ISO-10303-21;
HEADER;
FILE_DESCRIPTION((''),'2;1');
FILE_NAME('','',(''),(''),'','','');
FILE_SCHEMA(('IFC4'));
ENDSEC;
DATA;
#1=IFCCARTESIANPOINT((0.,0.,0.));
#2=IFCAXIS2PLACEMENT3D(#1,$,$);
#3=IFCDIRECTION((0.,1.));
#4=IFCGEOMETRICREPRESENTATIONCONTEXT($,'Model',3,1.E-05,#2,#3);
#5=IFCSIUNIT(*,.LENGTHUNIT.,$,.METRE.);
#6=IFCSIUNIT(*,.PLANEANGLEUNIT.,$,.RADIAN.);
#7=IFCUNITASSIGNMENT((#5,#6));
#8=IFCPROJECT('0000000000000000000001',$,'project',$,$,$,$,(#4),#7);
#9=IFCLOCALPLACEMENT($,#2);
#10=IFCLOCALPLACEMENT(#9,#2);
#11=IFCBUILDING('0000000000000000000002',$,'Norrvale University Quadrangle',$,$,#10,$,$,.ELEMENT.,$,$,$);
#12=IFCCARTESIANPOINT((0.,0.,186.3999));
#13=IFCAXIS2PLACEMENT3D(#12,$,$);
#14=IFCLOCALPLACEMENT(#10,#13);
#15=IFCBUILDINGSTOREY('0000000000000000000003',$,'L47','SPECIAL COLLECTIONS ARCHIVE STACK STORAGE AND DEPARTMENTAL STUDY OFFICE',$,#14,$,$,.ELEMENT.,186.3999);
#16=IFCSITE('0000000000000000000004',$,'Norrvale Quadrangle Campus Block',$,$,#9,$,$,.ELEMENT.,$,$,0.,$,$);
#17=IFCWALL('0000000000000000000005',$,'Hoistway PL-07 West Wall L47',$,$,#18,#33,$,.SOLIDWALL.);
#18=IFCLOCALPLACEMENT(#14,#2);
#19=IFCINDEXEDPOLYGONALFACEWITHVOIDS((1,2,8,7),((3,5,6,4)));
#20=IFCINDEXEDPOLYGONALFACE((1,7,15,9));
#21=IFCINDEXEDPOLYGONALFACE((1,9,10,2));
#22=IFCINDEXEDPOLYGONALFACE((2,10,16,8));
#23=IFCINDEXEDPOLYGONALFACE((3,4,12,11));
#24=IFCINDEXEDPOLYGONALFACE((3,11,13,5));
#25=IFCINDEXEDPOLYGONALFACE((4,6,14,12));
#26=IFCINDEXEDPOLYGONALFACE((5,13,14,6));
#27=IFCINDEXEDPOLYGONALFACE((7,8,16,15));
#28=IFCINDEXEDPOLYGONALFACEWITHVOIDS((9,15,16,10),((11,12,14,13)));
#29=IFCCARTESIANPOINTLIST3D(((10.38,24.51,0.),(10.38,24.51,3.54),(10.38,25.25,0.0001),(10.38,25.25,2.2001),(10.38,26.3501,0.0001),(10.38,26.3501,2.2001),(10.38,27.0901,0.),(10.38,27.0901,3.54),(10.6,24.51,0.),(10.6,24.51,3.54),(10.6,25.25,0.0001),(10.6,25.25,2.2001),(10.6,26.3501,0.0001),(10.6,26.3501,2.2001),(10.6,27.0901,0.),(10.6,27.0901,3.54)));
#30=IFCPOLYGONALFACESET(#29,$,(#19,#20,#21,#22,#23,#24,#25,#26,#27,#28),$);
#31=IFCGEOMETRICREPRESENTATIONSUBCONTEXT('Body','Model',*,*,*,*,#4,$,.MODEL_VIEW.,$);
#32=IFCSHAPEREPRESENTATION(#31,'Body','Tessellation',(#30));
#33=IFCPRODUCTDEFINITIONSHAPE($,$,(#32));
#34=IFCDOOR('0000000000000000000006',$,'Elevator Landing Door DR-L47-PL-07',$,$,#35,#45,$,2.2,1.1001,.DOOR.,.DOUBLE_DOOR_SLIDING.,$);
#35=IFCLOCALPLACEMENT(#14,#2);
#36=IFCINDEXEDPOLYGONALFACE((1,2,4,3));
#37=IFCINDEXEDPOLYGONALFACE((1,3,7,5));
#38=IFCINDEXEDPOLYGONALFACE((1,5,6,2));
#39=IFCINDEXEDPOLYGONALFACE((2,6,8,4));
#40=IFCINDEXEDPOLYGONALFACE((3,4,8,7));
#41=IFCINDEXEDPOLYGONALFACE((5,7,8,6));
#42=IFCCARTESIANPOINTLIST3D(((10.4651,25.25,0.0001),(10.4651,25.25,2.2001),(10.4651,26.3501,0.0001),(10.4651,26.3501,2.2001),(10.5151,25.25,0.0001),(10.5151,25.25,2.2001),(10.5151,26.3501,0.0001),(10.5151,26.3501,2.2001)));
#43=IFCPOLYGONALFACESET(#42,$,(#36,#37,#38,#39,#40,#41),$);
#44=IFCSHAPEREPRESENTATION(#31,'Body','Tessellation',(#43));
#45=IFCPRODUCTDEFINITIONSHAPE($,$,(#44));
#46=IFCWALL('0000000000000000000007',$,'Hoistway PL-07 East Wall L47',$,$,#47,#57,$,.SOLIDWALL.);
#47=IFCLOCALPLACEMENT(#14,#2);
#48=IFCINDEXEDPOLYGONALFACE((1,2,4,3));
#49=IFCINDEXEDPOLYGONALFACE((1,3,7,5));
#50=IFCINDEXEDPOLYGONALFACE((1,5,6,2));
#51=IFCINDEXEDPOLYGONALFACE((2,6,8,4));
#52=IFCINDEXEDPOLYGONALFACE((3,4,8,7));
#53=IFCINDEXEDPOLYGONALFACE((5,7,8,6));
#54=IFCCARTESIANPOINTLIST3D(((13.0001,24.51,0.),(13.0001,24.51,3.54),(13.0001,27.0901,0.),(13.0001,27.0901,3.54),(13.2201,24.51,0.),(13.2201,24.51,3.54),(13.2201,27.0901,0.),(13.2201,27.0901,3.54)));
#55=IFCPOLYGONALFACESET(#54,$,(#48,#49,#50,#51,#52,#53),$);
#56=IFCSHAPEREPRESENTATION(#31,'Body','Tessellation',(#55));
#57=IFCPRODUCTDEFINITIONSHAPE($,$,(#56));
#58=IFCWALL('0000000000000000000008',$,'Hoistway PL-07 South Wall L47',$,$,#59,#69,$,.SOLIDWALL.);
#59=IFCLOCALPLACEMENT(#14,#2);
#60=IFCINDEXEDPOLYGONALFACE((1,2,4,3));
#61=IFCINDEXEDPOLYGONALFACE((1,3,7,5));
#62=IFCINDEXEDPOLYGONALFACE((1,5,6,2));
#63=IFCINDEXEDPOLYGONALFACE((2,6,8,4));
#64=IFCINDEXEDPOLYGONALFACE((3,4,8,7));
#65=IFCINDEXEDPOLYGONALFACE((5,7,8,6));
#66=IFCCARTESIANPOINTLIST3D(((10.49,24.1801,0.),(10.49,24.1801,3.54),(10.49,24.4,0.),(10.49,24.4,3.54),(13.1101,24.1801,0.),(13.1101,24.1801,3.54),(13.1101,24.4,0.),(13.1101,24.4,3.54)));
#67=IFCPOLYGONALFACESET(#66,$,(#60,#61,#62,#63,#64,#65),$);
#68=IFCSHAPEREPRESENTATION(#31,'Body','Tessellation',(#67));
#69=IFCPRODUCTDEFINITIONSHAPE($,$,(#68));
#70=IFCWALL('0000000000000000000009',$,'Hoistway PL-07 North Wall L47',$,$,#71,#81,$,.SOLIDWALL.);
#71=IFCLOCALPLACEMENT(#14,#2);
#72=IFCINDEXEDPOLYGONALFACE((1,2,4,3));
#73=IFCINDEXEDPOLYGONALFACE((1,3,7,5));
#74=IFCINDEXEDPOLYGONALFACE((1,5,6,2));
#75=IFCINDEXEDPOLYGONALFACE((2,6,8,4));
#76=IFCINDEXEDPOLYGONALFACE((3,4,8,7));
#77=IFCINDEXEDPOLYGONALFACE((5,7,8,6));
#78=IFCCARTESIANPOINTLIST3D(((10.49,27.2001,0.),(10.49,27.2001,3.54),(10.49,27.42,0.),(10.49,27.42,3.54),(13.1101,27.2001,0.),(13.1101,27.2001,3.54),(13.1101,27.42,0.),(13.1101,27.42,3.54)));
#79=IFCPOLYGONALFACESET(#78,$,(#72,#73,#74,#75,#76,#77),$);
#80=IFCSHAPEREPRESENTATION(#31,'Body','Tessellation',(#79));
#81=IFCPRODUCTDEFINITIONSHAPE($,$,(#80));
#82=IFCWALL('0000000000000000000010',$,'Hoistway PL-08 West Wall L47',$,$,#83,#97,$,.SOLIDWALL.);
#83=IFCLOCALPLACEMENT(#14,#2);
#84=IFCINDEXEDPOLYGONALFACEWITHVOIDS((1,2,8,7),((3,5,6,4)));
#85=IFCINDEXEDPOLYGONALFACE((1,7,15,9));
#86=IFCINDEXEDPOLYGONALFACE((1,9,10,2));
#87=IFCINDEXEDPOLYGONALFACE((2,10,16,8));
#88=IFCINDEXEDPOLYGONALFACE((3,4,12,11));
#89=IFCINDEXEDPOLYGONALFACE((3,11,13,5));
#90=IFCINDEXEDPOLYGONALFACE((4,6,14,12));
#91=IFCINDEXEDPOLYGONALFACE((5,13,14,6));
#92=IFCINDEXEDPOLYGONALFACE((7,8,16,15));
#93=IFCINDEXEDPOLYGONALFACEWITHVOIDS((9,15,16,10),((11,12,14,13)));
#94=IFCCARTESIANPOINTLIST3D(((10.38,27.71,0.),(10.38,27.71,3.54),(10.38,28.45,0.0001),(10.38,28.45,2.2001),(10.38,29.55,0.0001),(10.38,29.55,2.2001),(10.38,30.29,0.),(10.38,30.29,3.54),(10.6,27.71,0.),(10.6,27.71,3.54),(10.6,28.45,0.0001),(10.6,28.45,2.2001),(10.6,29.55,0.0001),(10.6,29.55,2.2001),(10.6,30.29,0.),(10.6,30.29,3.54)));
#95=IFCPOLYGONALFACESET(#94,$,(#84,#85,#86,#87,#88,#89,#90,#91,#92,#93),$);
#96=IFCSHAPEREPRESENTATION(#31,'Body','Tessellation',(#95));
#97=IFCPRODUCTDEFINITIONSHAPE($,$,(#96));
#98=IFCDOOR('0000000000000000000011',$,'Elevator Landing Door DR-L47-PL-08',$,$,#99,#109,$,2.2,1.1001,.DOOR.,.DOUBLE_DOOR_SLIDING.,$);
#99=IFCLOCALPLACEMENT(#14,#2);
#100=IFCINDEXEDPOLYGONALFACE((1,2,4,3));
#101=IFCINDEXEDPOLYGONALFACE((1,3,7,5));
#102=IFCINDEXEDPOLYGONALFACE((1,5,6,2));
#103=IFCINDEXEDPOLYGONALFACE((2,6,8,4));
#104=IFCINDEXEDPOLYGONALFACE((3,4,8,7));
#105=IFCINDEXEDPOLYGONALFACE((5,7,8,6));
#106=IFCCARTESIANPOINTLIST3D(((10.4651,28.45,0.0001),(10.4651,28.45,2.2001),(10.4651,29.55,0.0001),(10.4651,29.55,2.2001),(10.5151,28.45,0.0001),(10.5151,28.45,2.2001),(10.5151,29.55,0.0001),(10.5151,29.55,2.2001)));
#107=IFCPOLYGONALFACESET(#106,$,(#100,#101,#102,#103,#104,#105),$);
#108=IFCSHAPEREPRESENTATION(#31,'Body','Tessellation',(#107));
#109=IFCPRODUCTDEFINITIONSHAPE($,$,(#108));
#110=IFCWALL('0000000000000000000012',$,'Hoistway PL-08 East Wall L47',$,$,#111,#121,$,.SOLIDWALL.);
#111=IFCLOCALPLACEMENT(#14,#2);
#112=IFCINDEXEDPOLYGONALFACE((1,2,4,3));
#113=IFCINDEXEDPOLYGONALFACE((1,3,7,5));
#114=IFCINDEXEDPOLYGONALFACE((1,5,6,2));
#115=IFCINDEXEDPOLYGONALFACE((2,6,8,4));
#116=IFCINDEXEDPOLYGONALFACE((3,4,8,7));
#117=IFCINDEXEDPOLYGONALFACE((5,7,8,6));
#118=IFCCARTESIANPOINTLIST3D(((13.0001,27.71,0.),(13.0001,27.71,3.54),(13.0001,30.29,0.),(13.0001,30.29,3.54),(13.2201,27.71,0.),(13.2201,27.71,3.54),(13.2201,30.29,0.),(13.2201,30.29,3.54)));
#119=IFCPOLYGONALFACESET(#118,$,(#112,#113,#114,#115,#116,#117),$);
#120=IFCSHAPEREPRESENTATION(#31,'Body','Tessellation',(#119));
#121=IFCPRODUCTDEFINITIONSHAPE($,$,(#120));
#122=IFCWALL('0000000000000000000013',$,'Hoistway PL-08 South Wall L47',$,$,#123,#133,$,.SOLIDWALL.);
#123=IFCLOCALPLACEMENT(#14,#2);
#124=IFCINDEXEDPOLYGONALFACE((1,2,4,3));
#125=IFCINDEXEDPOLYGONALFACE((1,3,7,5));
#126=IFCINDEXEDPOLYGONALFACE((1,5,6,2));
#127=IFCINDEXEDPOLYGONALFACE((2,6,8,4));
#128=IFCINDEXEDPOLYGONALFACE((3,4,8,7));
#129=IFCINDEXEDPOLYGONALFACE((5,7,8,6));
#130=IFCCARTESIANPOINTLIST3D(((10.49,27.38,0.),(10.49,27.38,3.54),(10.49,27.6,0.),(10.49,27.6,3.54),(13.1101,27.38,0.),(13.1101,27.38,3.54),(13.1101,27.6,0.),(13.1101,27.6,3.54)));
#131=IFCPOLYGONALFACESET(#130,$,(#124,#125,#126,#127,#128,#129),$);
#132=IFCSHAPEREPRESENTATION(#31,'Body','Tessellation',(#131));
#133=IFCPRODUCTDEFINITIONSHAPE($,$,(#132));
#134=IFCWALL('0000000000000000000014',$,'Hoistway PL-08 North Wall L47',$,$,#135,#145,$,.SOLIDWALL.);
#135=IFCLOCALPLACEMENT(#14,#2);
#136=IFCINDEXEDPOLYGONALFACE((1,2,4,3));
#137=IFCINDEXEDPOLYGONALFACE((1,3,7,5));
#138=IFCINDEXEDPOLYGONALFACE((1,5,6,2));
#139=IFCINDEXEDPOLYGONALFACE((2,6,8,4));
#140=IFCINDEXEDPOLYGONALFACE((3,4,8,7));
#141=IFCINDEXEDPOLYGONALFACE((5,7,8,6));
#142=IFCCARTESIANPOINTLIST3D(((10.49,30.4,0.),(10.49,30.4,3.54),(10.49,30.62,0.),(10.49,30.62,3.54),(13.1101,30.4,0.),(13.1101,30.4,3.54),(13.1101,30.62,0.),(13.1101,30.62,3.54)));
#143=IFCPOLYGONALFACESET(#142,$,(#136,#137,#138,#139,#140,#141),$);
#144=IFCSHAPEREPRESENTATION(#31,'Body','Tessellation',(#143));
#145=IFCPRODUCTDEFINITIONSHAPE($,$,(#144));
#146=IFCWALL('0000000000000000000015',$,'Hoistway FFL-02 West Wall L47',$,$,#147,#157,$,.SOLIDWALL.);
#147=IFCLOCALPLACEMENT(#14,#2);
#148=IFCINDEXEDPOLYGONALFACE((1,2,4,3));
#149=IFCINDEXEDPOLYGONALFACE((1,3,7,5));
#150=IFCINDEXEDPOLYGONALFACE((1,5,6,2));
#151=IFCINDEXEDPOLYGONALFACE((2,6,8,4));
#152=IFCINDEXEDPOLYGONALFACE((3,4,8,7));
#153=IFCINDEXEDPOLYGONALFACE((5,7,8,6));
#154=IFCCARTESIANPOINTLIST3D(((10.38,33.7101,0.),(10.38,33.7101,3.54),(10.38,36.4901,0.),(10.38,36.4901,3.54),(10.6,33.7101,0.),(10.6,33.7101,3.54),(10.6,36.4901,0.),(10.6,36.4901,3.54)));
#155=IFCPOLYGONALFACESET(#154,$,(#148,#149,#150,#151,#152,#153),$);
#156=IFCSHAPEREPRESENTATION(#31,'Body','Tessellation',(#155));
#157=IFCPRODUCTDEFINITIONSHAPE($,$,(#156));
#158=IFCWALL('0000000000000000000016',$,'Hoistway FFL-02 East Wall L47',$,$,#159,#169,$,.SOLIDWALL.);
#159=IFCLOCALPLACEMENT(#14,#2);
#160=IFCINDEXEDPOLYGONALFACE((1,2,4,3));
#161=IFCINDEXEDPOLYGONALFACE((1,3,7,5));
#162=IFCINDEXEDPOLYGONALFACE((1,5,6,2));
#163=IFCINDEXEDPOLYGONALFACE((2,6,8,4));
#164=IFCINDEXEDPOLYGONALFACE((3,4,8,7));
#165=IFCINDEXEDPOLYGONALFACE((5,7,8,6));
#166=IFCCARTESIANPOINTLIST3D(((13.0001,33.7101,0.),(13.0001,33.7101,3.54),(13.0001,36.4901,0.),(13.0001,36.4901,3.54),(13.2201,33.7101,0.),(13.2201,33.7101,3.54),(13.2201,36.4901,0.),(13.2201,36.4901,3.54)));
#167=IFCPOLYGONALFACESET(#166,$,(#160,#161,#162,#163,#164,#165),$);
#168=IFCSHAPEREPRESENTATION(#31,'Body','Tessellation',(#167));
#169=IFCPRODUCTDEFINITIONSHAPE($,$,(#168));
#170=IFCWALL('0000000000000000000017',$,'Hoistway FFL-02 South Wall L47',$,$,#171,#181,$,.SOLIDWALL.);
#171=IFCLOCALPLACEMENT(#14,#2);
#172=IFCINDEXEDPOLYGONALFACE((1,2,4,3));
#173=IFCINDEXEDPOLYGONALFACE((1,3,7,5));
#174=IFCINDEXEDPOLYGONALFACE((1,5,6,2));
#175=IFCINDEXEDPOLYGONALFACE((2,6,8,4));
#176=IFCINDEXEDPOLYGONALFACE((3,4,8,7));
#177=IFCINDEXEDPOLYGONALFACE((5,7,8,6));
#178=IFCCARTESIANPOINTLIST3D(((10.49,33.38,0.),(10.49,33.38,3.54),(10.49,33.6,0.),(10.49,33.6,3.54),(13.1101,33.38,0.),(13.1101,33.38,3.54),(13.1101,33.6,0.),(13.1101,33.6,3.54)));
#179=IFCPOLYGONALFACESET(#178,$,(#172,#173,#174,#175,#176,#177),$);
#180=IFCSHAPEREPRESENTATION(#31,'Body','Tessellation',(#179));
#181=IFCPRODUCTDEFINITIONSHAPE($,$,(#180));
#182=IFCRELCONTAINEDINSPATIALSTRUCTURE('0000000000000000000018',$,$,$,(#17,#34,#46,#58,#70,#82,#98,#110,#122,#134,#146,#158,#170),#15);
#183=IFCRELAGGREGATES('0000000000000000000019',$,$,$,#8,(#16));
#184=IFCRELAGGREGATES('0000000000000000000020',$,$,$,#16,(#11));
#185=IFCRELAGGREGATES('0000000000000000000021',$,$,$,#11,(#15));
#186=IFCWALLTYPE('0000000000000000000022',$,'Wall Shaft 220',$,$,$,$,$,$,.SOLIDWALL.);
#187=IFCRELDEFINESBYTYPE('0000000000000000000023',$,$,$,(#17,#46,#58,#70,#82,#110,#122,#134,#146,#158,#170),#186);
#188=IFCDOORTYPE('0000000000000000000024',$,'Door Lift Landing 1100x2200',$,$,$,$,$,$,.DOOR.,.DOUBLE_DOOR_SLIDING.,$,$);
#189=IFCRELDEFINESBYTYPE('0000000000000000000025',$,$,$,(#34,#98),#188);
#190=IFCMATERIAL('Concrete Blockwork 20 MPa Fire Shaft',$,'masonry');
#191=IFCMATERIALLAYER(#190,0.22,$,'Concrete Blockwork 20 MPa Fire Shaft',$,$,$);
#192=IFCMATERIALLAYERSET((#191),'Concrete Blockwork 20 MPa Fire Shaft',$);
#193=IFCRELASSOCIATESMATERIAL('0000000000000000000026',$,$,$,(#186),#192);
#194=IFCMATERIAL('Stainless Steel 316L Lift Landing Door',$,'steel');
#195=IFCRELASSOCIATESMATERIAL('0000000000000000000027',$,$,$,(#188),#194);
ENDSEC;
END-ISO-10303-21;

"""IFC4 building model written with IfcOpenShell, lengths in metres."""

from ifc_helpers import new_model, si_unit, direction, frame, frame_2d, origin, place, context, subcontext, project, spatial, rectangle, extrude, material, layer, layer_set, type_object, element, fill, save


model = new_model("IFC4")

# Units and contexts
model_context = context("Model", 3, precision=1e-05, world=origin(), true_north=direction((0.0, 1.0)))
body_context = subcontext(model_context, "Body", "Model", "MODEL_VIEW")
ifc_project = project(units=[si_unit("LENGTHUNIT", "METRE"), si_unit("PLANEANGLEUNIT", "RADIAN")], contexts=[model_context])

# Site, building, storey
site_placement = place(None, origin())
site = spatial("IfcSite", under=ifc_project, at=site_placement, Name="Norrvale Quadrangle Campus Block", CompositionType="ELEMENT", RefElevation=0.0)
building_placement = place(site_placement, origin())
building = spatial("IfcBuilding", under=site, at=building_placement, Name="Norrvale University Quadrangle", CompositionType="ELEMENT")
storey_placement = place(building_placement, frame((0.0, 0.0, 186.3999)))
storey = spatial("IfcBuildingStorey", under=building, at=storey_placement, Name="L47", Description="SPECIAL COLLECTIONS ARCHIVE STACK STORAGE AND DEPARTMENTAL STUDY OFFICE", CompositionType="ELEMENT", Elevation=186.3999)

# Shared definitions
ifc_material_1 = material(Name="Concrete Blockwork 20 MPa Fire Shaft", Category="masonry")
ifc_layer_1 = layer(ifc_material_1, 0.22, Name="Concrete Blockwork 20 MPa Fire Shaft")
ifc_layer_set_1 = layer_set([ifc_layer_1], Name="Concrete Blockwork 20 MPa Fire Shaft")
wall_type_1 = type_object("IfcWallType", Name="Wall Shaft 220", PredefinedType="SOLIDWALL", material=ifc_layer_set_1)

# Wall, opening, door
wall_1_placement = place(storey_placement, frame((10.49, 24.51, 0.0), z_axis=(0.0, 0.0, 1.0), x_axis=(0.0, 1.0, 0.0)))
wall_1 = element("IfcWall", 1, at=wall_1_placement, inside=storey, type_object=wall_type_1, Name="Hoistway PL-07 West Wall L47", PredefinedType="SOLIDWALL", context=body_context, shape_type="SweptSolid", body=[
    extrude(rectangle(XDim=2.5801, YDim=0.22, at=frame_2d((1.29, 0.0))), origin(), (0.0, 0.0, 1.0), 3.54),
])
opening_1_placement = place(wall_1_placement, frame((0.74, 0.0, 0.0)))
opening_1 = element("IfcOpeningElement", 2, at=opening_1_placement, cuts=wall_1, PredefinedType="OPENING", context=body_context, shape_type="SweptSolid", body=[
    extrude(rectangle(XDim=1.1001, YDim=2.2, at=frame_2d((0.55, 1.1001))), frame((0.0, 0.1221, 0.0), z_axis=(0.0, -1.0, 0.0), x_axis=(1.0, 0.0, 0.0)), (0.0, 0.0, 1.0), 0.2439),
])
ifc_material_2 = material(Name="Stainless Steel 316L Lift Landing Door", Category="steel")
door_type_1 = type_object("IfcDoorType", Name="Door Lift Landing 1100x2200", OperationType="DOUBLE_DOOR_SLIDING", PredefinedType="DOOR", material=ifc_material_2)
door_1_placement = place(opening_1_placement, origin())
door_1 = element("IfcDoor", 3, at=door_1_placement, inside=storey, type_object=door_type_1, Name="Elevator Landing Door DR-L47-PL-07", OperationType="DOUBLE_DOOR_SLIDING", OverallHeight=2.2, OverallWidth=1.1001, PredefinedType="DOOR", context=body_context, shape_type="SweptSolid", body=[
    extrude(rectangle(XDim=1.1001, YDim=2.2, at=frame_2d((0.55, 1.1001))), frame((0.0, 0.0249, 0.0), z_axis=(0.0, -1.0, 0.0), x_axis=(1.0, 0.0, 0.0)), (0.0, 0.0, 1.0), 0.05),
])
fill(opening_1, door_1)

# Walls
wall_2_placement = place(storey_placement, frame((13.1101, 24.51, 0.0), z_axis=(0.0, 0.0, 1.0), x_axis=(0.0, 1.0, 0.0)))
element("IfcWall", 4, at=wall_2_placement, inside=storey, type_object=wall_type_1, Name="Hoistway PL-07 East Wall L47", PredefinedType="SOLIDWALL", context=body_context, shape_type="SweptSolid", body=[
    extrude(rectangle(XDim=2.5801, YDim=0.22, at=frame_2d((1.29, 0.0))), origin(), (0.0, 0.0, 1.0), 3.54),
])
for number, where, z_axis, x_axis, name in (
    (5, (10.49, 24.29, 0.0), (0.0, 0.0, 1.0), (1.0, 0.0, 0.0), "Hoistway PL-07 South Wall L47"),
    (6, (10.49, 27.3101, 0.0), (0.0, 0.0, 1.0), (1.0, 0.0, 0.0), "Hoistway PL-07 North Wall L47"),
):
    element("IfcWall", number, at=place(storey_placement, frame(where, z_axis=z_axis, x_axis=x_axis)), inside=storey, type_object=wall_type_1, Name=name, PredefinedType="SOLIDWALL", context=body_context, shape_type="SweptSolid", body=[
        extrude(rectangle(XDim=2.6201, YDim=0.22, at=frame_2d((1.3101, 0.0))), origin(), (0.0, 0.0, 1.0), 3.54),
    ])

# Wall, opening, door
wall_3_placement = place(storey_placement, frame((10.49, 27.71, 0.0), z_axis=(0.0, 0.0, 1.0), x_axis=(0.0, 1.0, 0.0)))
wall_3 = element("IfcWall", 7, at=wall_3_placement, inside=storey, type_object=wall_type_1, Name="Hoistway PL-08 West Wall L47", PredefinedType="SOLIDWALL", context=body_context, shape_type="SweptSolid", body=[
    extrude(rectangle(XDim=2.5801, YDim=0.22, at=frame_2d((1.29, 0.0))), origin(), (0.0, 0.0, 1.0), 3.54),
])
opening_2_placement = place(wall_3_placement, frame((0.74, 0.0, 0.0)))
opening_2 = element("IfcOpeningElement", 8, at=opening_2_placement, cuts=wall_3, PredefinedType="OPENING", context=body_context, shape_type="SweptSolid", body=[
    extrude(rectangle(XDim=1.1001, YDim=2.2, at=frame_2d((0.55, 1.1001))), frame((0.0, 0.1221, 0.0), z_axis=(0.0, -1.0, 0.0), x_axis=(1.0, 0.0, 0.0)), (0.0, 0.0, 1.0), 0.2439),
])
door_2_placement = place(opening_2_placement, origin())
door_2 = element("IfcDoor", 9, at=door_2_placement, inside=storey, type_object=door_type_1, Name="Elevator Landing Door DR-L47-PL-08", OperationType="DOUBLE_DOOR_SLIDING", OverallHeight=2.2, OverallWidth=1.1001, PredefinedType="DOOR", context=body_context, shape_type="SweptSolid", body=[
    extrude(rectangle(XDim=1.1001, YDim=2.2, at=frame_2d((0.55, 1.1001))), frame((0.0, 0.0249, 0.0), z_axis=(0.0, -1.0, 0.0), x_axis=(1.0, 0.0, 0.0)), (0.0, 0.0, 1.0), 0.05),
])
fill(opening_2, door_2)

# Walls
wall_4_placement = place(storey_placement, frame((13.1101, 27.71, 0.0), z_axis=(0.0, 0.0, 1.0), x_axis=(0.0, 1.0, 0.0)))
element("IfcWall", 10, at=wall_4_placement, inside=storey, type_object=wall_type_1, Name="Hoistway PL-08 East Wall L47", PredefinedType="SOLIDWALL", context=body_context, shape_type="SweptSolid", body=[
    extrude(rectangle(XDim=2.5801, YDim=0.22, at=frame_2d((1.29, 0.0))), origin(), (0.0, 0.0, 1.0), 3.54),
])
for number, where, z_axis, x_axis, name in (
    (11, (10.49, 27.49, 0.0), (0.0, 0.0, 1.0), (1.0, 0.0, 0.0), "Hoistway PL-08 South Wall L47"),
    (12, (10.49, 30.51, 0.0), (0.0, 0.0, 1.0), (1.0, 0.0, 0.0), "Hoistway PL-08 North Wall L47"),
):
    element("IfcWall", number, at=place(storey_placement, frame(where, z_axis=z_axis, x_axis=x_axis)), inside=storey, type_object=wall_type_1, Name=name, PredefinedType="SOLIDWALL", context=body_context, shape_type="SweptSolid", body=[
        extrude(rectangle(XDim=2.6201, YDim=0.22, at=frame_2d((1.3101, 0.0))), origin(), (0.0, 0.0, 1.0), 3.54),
    ])
for number, where, z_axis, x_axis, name in (
    (13, (10.49, 33.71, 0.0), (0.0, 0.0, 1.0), (0.0, 1.0, 0.0), "Hoistway FFL-02 West Wall L47"),
    (14, (13.1101, 33.71, 0.0), (0.0, 0.0, 1.0), (0.0, 1.0, 0.0), "Hoistway FFL-02 East Wall L47"),
):
    element("IfcWall", number, at=place(storey_placement, frame(where, z_axis=z_axis, x_axis=x_axis)), inside=storey, type_object=wall_type_1, Name=name, PredefinedType="SOLIDWALL", context=body_context, shape_type="SweptSolid", body=[
        extrude(rectangle(XDim=2.78, YDim=0.22, at=frame_2d((1.3901, 0.0))), origin(), (0.0, 0.0, 1.0), 3.54),
    ])
wall_5_placement = place(storey_placement, frame((10.49, 33.49, 0.0), z_axis=(0.0, 0.0, 1.0), x_axis=(1.0, 0.0, 0.0)))
element("IfcWall", 15, at=wall_5_placement, inside=storey, type_object=wall_type_1, Name="Hoistway FFL-02 South Wall L47", PredefinedType="SOLIDWALL", context=body_context, shape_type="SweptSolid", body=[
    extrude(rectangle(XDim=2.6201, YDim=0.22, at=frame_2d((1.3101, 0.0))), origin(), (0.0, 0.0, 1.0), 3.54),
])

save(model, "model.ifc")
